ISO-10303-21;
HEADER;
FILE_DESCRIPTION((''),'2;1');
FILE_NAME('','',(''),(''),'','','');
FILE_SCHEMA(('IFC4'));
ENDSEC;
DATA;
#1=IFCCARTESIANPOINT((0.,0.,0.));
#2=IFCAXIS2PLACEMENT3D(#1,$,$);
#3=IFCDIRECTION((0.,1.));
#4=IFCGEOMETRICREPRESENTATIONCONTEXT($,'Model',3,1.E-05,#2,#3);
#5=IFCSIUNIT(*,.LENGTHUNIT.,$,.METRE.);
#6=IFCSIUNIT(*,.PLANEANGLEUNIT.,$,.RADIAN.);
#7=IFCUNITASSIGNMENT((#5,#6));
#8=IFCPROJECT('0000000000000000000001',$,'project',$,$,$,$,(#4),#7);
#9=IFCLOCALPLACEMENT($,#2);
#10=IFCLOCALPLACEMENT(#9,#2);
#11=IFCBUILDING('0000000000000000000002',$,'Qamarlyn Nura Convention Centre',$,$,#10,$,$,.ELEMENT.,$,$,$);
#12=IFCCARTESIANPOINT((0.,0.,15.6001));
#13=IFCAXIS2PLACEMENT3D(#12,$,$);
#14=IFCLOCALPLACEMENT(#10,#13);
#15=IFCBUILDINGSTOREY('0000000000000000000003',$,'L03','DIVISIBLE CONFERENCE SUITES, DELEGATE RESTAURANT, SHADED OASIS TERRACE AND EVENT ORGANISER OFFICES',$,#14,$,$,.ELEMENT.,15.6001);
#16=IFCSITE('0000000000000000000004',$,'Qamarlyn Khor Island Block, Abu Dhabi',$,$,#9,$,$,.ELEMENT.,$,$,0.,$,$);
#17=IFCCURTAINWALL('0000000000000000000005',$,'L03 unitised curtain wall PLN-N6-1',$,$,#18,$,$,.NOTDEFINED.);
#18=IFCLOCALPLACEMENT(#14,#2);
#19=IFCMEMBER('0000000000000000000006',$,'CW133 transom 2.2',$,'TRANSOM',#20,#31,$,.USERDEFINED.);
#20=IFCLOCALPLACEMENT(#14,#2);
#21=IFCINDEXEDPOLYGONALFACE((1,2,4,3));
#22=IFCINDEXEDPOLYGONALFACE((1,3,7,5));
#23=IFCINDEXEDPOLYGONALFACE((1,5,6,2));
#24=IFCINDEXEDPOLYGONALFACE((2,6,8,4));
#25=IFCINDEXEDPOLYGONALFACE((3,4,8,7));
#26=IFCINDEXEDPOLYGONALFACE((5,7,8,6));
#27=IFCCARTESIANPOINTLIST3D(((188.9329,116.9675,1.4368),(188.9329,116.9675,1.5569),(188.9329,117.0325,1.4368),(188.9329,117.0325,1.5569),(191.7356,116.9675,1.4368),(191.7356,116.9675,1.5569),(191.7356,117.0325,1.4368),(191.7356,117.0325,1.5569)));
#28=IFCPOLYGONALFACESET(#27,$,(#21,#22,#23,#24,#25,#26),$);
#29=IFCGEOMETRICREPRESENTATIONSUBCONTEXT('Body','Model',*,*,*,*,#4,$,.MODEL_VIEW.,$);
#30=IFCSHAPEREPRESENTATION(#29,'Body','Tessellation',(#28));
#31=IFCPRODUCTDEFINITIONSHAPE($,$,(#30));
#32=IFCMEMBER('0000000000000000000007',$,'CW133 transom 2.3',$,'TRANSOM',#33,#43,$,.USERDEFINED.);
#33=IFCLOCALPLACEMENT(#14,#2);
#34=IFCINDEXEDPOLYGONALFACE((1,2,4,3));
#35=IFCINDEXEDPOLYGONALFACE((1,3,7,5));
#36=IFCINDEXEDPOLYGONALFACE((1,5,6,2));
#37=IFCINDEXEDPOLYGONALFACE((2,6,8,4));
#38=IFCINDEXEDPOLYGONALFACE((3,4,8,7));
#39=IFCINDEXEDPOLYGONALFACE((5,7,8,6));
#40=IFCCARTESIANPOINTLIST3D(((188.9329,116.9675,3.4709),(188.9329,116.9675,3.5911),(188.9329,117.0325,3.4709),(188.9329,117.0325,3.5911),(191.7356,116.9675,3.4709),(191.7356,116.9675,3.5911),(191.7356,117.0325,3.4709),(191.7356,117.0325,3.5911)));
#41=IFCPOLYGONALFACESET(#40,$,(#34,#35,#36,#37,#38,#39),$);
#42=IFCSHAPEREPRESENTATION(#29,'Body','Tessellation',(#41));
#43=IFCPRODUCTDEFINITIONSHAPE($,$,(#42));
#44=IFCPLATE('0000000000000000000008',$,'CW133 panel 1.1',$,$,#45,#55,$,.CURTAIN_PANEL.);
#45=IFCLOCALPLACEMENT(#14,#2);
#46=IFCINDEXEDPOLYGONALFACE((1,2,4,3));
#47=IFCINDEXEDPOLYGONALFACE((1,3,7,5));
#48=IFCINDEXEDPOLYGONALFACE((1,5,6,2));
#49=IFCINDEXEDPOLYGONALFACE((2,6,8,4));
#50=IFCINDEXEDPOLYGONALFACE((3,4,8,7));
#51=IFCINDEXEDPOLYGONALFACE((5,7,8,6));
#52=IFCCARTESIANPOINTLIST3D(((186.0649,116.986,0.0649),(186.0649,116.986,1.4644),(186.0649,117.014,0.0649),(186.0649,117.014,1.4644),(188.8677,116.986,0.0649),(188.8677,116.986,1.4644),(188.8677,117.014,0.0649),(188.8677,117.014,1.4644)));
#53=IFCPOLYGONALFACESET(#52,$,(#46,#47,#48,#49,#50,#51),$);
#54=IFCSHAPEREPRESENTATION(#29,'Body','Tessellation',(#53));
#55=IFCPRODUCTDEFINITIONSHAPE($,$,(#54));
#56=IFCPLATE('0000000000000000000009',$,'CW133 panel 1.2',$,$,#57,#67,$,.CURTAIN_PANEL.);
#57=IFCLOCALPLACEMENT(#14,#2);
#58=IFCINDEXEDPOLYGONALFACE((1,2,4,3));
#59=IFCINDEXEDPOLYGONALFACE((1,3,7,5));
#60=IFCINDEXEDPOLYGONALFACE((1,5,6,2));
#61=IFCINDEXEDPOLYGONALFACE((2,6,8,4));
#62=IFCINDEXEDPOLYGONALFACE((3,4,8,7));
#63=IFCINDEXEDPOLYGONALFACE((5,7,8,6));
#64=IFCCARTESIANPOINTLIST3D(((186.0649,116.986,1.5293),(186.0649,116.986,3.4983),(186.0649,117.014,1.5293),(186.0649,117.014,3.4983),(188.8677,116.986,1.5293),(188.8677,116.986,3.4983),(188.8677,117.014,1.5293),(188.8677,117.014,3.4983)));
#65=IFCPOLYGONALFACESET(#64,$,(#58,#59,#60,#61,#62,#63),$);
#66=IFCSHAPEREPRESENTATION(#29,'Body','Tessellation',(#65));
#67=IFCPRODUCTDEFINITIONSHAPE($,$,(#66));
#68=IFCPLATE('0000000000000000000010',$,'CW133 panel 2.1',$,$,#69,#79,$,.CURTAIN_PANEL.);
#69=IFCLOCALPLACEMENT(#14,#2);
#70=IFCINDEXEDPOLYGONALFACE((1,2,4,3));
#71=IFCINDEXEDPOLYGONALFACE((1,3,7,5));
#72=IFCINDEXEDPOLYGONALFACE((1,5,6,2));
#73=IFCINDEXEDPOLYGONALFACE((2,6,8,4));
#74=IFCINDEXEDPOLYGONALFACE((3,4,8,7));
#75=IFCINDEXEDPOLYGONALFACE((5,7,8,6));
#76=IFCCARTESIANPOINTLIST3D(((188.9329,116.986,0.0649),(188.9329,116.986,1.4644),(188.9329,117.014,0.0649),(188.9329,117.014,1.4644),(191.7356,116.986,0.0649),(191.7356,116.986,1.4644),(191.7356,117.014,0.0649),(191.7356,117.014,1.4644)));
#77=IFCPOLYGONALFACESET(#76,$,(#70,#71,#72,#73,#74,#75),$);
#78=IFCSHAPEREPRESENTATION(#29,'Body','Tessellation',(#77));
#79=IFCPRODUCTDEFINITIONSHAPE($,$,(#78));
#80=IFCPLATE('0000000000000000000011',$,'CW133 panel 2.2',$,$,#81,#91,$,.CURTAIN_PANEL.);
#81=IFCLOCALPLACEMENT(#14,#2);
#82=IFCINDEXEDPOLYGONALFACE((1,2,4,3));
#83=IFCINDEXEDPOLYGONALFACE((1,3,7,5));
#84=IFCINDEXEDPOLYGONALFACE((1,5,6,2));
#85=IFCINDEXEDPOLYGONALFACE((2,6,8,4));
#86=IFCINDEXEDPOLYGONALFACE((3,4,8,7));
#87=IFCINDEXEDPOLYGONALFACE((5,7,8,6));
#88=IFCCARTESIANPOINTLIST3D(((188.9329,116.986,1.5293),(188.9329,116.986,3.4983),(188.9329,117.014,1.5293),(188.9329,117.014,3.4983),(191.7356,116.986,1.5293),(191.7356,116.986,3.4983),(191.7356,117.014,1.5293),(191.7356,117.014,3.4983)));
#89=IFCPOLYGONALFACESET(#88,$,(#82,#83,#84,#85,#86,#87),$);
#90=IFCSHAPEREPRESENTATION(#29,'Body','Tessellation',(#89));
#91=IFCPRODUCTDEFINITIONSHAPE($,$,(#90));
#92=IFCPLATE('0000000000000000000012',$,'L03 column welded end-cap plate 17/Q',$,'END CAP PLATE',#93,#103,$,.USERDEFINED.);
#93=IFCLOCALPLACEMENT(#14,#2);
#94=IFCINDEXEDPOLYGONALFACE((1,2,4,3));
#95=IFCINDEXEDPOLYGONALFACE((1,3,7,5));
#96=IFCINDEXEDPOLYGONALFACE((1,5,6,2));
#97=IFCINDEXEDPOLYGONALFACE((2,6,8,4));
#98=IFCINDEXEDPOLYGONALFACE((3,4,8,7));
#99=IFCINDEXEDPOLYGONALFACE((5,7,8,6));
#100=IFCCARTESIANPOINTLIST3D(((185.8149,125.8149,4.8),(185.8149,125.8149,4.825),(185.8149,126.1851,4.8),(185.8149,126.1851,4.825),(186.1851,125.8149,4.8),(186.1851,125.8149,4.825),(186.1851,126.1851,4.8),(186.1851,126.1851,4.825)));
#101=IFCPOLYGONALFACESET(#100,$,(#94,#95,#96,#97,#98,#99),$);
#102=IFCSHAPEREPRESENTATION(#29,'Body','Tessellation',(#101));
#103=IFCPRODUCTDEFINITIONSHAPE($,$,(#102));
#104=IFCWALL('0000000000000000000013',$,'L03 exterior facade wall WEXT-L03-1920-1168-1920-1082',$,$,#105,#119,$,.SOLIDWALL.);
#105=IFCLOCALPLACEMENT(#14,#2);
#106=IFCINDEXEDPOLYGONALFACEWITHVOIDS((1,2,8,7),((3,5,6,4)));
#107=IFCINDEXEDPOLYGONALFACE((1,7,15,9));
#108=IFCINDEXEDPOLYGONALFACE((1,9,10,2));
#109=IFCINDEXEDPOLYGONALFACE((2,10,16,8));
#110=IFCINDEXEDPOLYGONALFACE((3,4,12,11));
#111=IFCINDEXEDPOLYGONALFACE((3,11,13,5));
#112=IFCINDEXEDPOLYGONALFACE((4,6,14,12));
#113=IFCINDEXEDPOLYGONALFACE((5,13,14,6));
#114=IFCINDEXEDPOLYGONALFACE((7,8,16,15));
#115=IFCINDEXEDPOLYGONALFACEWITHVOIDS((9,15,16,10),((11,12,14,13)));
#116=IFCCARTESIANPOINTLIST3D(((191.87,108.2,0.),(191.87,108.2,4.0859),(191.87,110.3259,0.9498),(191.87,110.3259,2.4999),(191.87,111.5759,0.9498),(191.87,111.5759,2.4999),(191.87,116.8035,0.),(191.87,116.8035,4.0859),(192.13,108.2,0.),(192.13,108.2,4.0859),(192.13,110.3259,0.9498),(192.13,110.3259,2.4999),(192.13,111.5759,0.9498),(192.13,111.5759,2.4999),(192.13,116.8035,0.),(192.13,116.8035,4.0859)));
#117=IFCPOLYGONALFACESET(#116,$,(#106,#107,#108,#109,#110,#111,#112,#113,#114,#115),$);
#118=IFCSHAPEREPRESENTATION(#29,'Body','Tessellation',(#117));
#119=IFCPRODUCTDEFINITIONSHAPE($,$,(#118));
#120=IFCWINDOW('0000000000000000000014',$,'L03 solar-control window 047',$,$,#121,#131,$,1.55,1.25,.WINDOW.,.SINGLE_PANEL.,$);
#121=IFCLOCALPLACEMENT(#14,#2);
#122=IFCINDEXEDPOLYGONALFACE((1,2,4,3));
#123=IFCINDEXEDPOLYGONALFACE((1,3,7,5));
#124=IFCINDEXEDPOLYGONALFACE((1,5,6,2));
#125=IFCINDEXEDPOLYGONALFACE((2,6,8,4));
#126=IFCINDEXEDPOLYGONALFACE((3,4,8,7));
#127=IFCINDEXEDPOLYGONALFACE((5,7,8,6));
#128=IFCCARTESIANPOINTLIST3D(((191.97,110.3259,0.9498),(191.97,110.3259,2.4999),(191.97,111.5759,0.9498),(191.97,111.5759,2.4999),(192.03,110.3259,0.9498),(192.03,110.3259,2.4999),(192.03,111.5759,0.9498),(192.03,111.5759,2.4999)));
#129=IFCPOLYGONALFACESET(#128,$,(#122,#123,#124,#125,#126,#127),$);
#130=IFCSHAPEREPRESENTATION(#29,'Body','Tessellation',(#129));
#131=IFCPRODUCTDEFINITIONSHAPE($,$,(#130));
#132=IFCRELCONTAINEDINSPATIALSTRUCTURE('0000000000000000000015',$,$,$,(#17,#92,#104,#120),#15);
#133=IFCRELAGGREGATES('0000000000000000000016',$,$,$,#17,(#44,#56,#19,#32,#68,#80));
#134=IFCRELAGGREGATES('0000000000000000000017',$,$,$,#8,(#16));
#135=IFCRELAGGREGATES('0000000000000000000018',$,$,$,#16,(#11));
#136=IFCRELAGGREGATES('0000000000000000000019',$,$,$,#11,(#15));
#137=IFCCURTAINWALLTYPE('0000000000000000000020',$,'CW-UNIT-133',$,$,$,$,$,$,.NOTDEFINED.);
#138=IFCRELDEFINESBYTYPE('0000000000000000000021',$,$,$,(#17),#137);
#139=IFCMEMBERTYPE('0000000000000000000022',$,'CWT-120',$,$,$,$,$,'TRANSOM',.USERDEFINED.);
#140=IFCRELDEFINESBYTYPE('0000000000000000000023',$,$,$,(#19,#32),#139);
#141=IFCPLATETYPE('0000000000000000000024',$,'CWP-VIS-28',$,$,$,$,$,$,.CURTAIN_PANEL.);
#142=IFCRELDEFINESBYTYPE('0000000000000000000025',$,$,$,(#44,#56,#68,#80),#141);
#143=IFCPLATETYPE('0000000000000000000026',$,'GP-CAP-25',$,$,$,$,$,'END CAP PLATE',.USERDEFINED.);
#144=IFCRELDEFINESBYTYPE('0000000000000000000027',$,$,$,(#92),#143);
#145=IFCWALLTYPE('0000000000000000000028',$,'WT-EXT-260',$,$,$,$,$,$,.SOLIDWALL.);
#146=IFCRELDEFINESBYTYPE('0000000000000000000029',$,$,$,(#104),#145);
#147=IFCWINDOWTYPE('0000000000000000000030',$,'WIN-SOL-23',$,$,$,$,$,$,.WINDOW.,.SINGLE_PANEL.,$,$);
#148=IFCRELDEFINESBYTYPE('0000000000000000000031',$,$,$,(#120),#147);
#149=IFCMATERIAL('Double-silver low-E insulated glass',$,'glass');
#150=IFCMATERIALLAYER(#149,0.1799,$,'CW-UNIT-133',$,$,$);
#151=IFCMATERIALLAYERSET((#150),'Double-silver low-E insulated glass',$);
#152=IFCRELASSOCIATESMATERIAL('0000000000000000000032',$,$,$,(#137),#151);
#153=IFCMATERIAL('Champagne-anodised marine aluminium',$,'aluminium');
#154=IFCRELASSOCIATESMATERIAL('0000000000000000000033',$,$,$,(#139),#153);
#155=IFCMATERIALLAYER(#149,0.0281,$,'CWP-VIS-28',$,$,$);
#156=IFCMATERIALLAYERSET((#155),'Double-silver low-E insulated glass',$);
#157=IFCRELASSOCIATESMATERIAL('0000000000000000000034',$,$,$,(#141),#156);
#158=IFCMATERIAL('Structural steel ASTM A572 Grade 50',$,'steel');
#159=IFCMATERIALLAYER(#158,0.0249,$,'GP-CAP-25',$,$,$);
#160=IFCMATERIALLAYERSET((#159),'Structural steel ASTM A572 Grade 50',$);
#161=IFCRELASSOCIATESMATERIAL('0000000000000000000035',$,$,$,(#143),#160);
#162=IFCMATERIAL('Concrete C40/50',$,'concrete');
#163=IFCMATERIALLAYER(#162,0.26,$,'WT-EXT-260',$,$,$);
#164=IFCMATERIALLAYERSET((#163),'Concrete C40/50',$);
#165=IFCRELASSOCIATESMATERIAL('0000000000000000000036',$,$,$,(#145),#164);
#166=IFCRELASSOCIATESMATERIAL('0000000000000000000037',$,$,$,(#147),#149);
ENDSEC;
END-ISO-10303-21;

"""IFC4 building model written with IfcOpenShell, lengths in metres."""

from ifc_helpers import new_model, si_unit, direction, frame, frame_2d, origin, origin_2d, place, context, subcontext, project, spatial, rectangle, extrude, material, layer, layer_set, material_profile, profile_set, type_object, element, fill, aggregate, save


model = new_model("IFC4")

# Units and contexts
model_context = context("Model", 3, precision=1e-05, world=origin(), true_north=direction((0.0, 1.0)))
body_context = subcontext(model_context, "Body", "Model", "MODEL_VIEW")
ifc_project = project(units=[si_unit("LENGTHUNIT", "METRE"), si_unit("PLANEANGLEUNIT", "RADIAN")], contexts=[model_context])

# Site, building, storey
site_placement = place(None, origin())
site = spatial("IfcSite", under=ifc_project, at=site_placement, Name="Qamarlyn Khor Island Block, Abu Dhabi", CompositionType="ELEMENT", RefElevation=0.0)
building_placement = place(site_placement, origin())
building = spatial("IfcBuilding", under=site, at=building_placement, Name="Qamarlyn Nura Convention Centre", CompositionType="ELEMENT")
storey_placement = place(building_placement, frame((0.0, 0.0, 15.6001)))
storey = spatial("IfcBuildingStorey", under=building, at=storey_placement, Name="L03", Description="DIVISIBLE CONFERENCE SUITES, DELEGATE RESTAURANT, SHADED OASIS TERRACE AND EVENT ORGANISER OFFICES", CompositionType="ELEMENT", Elevation=15.6001)

# Curtain wall, members, plates
ifc_material_1 = material(Name="Double-silver low-E insulated glass", Category="glass")
ifc_layer_1 = layer(ifc_material_1, 0.1799, Name="CW-UNIT-133")
ifc_layer_set_1 = layer_set([ifc_layer_1], Name="Double-silver low-E insulated glass")
curtain_wall_type = type_object("IfcCurtainWallType", Name="CW-UNIT-133", PredefinedType="NOTDEFINED", material=ifc_layer_set_1)
curtain_wall_placement = place(storey_placement, origin())
curtain_wall = element("IfcCurtainWall", 1, at=curtain_wall_placement, inside=storey, type_object=curtain_wall_type, Name="L03 unitised curtain wall PLN-N6-1", PredefinedType="NOTDEFINED")
ifc_material_2 = material(Name="Champagne-anodised marine aluminium", Category="aluminium")
ifc_material_profile_1 = material_profile(ifc_material_2, rectangle(XDim=0.0649, YDim=0.1201, at=origin_2d()), Name="ALU TRANSOM 65x120")
ifc_profile_set_1 = profile_set([ifc_material_profile_1], Name="Champagne-anodised marine aluminium")
member_type_1 = type_object("IfcMemberType", Name="CWT-120", ElementType="TRANSOM", PredefinedType="USERDEFINED", material=ifc_profile_set_1)
member_1_placement = place(storey_placement, frame((188.9329, 117.0, 1.4968), z_axis=(1.0, 0.0, 0.0), x_axis=(0.0, 1.0, 0.0)))
member_1 = element("IfcMember", 2, at=member_1_placement, type_object=member_type_1, Name="CW133 transom 2.2", ObjectType="TRANSOM", PredefinedType="USERDEFINED", context=body_context, shape_type="SweptSolid", body=[
    extrude(rectangle(XDim=0.0649, YDim=0.1201, at=origin_2d()), origin(), (0.0, 0.0, 1.0), 2.8027),
])
member_2_placement = place(storey_placement, frame((188.9329, 117.0, 3.531), z_axis=(1.0, 0.0, 0.0), x_axis=(0.0, 1.0, 0.0)))
member_2 = element("IfcMember", 3, at=member_2_placement, type_object=member_type_1, Name="CW133 transom 2.3", ObjectType="TRANSOM", PredefinedType="USERDEFINED", context=body_context, shape_type="SweptSolid", body=[
    extrude(rectangle(XDim=0.0649, YDim=0.1201, at=origin_2d()), origin(), (0.0, 0.0, 1.0), 2.8027),
])
ifc_layer_2 = layer(ifc_material_1, 0.0281, Name="CWP-VIS-28")
ifc_layer_set_2 = layer_set([ifc_layer_2], Name="Double-silver low-E insulated glass")
plate_type_1 = type_object("IfcPlateType", Name="CWP-VIS-28", PredefinedType="CURTAIN_PANEL", material=ifc_layer_set_2)
plate_1_placement = place(storey_placement, frame((187.4663, 117.0, 0.0649), z_axis=(0.0, 0.0, 1.0), x_axis=(1.0, 0.0, 0.0)))
plate_1 = element("IfcPlate", 4, at=plate_1_placement, type_object=plate_type_1, Name="CW133 panel 1.1", PredefinedType="CURTAIN_PANEL", context=body_context, shape_type="SweptSolid", body=[
    extrude(rectangle(XDim=2.8027, YDim=0.0281, at=origin_2d()), origin(), (0.0, 0.0, 1.0), 1.3994),
])
plate_2_placement = place(storey_placement, frame((187.4663, 117.0, 1.5293), z_axis=(0.0, 0.0, 1.0), x_axis=(1.0, 0.0, 0.0)))
plate_2 = element("IfcPlate", 5, at=plate_2_placement, type_object=plate_type_1, Name="CW133 panel 1.2", PredefinedType="CURTAIN_PANEL", context=body_context, shape_type="SweptSolid", body=[
    extrude(rectangle(XDim=2.8027, YDim=0.0281, at=origin_2d()), origin(), (0.0, 0.0, 1.0), 1.969),
])
plate_3_placement = place(storey_placement, frame((190.3342, 117.0, 0.0649), z_axis=(0.0, 0.0, 1.0), x_axis=(1.0, 0.0, 0.0)))
plate_3 = element("IfcPlate", 6, at=plate_3_placement, type_object=plate_type_1, Name="CW133 panel 2.1", PredefinedType="CURTAIN_PANEL", context=body_context, shape_type="SweptSolid", body=[
    extrude(rectangle(XDim=2.8027, YDim=0.0281, at=origin_2d()), origin(), (0.0, 0.0, 1.0), 1.3994),
])
plate_4_placement = place(storey_placement, frame((190.3342, 117.0, 1.5293), z_axis=(0.0, 0.0, 1.0), x_axis=(1.0, 0.0, 0.0)))
plate_4 = element("IfcPlate", 7, at=plate_4_placement, type_object=plate_type_1, Name="CW133 panel 2.2", PredefinedType="CURTAIN_PANEL", context=body_context, shape_type="SweptSolid", body=[
    extrude(rectangle(XDim=2.8027, YDim=0.0281, at=origin_2d()), origin(), (0.0, 0.0, 1.0), 1.969),
])
aggregate(curtain_wall, [plate_1, plate_2, member_1, member_2, plate_3, plate_4])

# Plate
ifc_material_3 = material(Name="Structural steel ASTM A572 Grade 50", Category="steel")
ifc_layer_3 = layer(ifc_material_3, 0.0249, Name="GP-CAP-25")
ifc_layer_set_3 = layer_set([ifc_layer_3], Name="Structural steel ASTM A572 Grade 50")
plate_type_2 = type_object("IfcPlateType", Name="GP-CAP-25", ElementType="END CAP PLATE", PredefinedType="USERDEFINED", material=ifc_layer_set_3)
plate_5_placement = place(storey_placement, frame((186.0, 126.0, 4.8), z_axis=(0.0, 0.0, 1.0), x_axis=(1.0, 0.0, 0.0)))
element("IfcPlate", 8, at=plate_5_placement, inside=storey, type_object=plate_type_2, Name="L03 column welded end-cap plate 17/Q", ObjectType="END CAP PLATE", PredefinedType="USERDEFINED", context=body_context, shape_type="SweptSolid", body=[
    extrude(rectangle(XDim=0.3701, YDim=0.3701, at=origin_2d()), origin(), (0.0, 0.0, 1.0), 0.0249),
])

# Wall, opening, window
ifc_material_4 = material(Name="Concrete C40/50", Category="concrete")
ifc_layer_4 = layer(ifc_material_4, 0.26, Name="WT-EXT-260")
ifc_layer_set_4 = layer_set([ifc_layer_4], Name="Concrete C40/50")
wall_type = type_object("IfcWallType", Name="WT-EXT-260", PredefinedType="SOLIDWALL", material=ifc_layer_set_4)
wall_placement = place(storey_placement, frame((192.0, 116.8035, 0.0), z_axis=(0.0, 0.0, 1.0), x_axis=(0.0, -1.0, 0.0)))
wall = element("IfcWall", 9, at=wall_placement, inside=storey, type_object=wall_type, Name="L03 exterior facade wall WEXT-L03-1920-1168-1920-1082", PredefinedType="SOLIDWALL", context=body_context, shape_type="SweptSolid", body=[
    extrude(rectangle(XDim=8.6035, YDim=0.26, at=frame_2d((4.3018, 0.0))), origin(), (0.0, 0.0, 1.0), 4.0859),
])
opening_placement = place(wall_placement, frame((5.2275, 0.0, 0.95)))
opening = element("IfcOpeningElement", 10, at=opening_placement, cuts=wall, PredefinedType="OPENING", context=body_context, shape_type="SweptSolid", body=[
    extrude(rectangle(XDim=1.25, YDim=1.55, at=frame_2d((0.625, 0.7749))), frame((0.0, 0.1401, 0.0), z_axis=(0.0, -1.0, 0.0), x_axis=(1.0, 0.0, 0.0)), (0.0, 0.0, 1.0), 0.28),
])
window_type = type_object("IfcWindowType", Name="WIN-SOL-23", PartitioningType="SINGLE_PANEL", PredefinedType="WINDOW", material=ifc_material_1)
window_placement = place(opening_placement, origin())
window = element("IfcWindow", 11, at=window_placement, inside=storey, type_object=window_type, Name="L03 solar-control window 047", OverallHeight=1.55, OverallWidth=1.25, PartitioningType="SINGLE_PANEL", PredefinedType="WINDOW", context=body_context, shape_type="SweptSolid", body=[
    extrude(rectangle(XDim=1.25, YDim=1.55, at=frame_2d((0.625, 0.7749))), frame((0.0, 0.03, 0.0), z_axis=(0.0, -1.0, 0.0), x_axis=(1.0, 0.0, 0.0)), (0.0, 0.0, 1.0), 0.0601),
])
fill(opening, window)

save(model, "model.ifc")
